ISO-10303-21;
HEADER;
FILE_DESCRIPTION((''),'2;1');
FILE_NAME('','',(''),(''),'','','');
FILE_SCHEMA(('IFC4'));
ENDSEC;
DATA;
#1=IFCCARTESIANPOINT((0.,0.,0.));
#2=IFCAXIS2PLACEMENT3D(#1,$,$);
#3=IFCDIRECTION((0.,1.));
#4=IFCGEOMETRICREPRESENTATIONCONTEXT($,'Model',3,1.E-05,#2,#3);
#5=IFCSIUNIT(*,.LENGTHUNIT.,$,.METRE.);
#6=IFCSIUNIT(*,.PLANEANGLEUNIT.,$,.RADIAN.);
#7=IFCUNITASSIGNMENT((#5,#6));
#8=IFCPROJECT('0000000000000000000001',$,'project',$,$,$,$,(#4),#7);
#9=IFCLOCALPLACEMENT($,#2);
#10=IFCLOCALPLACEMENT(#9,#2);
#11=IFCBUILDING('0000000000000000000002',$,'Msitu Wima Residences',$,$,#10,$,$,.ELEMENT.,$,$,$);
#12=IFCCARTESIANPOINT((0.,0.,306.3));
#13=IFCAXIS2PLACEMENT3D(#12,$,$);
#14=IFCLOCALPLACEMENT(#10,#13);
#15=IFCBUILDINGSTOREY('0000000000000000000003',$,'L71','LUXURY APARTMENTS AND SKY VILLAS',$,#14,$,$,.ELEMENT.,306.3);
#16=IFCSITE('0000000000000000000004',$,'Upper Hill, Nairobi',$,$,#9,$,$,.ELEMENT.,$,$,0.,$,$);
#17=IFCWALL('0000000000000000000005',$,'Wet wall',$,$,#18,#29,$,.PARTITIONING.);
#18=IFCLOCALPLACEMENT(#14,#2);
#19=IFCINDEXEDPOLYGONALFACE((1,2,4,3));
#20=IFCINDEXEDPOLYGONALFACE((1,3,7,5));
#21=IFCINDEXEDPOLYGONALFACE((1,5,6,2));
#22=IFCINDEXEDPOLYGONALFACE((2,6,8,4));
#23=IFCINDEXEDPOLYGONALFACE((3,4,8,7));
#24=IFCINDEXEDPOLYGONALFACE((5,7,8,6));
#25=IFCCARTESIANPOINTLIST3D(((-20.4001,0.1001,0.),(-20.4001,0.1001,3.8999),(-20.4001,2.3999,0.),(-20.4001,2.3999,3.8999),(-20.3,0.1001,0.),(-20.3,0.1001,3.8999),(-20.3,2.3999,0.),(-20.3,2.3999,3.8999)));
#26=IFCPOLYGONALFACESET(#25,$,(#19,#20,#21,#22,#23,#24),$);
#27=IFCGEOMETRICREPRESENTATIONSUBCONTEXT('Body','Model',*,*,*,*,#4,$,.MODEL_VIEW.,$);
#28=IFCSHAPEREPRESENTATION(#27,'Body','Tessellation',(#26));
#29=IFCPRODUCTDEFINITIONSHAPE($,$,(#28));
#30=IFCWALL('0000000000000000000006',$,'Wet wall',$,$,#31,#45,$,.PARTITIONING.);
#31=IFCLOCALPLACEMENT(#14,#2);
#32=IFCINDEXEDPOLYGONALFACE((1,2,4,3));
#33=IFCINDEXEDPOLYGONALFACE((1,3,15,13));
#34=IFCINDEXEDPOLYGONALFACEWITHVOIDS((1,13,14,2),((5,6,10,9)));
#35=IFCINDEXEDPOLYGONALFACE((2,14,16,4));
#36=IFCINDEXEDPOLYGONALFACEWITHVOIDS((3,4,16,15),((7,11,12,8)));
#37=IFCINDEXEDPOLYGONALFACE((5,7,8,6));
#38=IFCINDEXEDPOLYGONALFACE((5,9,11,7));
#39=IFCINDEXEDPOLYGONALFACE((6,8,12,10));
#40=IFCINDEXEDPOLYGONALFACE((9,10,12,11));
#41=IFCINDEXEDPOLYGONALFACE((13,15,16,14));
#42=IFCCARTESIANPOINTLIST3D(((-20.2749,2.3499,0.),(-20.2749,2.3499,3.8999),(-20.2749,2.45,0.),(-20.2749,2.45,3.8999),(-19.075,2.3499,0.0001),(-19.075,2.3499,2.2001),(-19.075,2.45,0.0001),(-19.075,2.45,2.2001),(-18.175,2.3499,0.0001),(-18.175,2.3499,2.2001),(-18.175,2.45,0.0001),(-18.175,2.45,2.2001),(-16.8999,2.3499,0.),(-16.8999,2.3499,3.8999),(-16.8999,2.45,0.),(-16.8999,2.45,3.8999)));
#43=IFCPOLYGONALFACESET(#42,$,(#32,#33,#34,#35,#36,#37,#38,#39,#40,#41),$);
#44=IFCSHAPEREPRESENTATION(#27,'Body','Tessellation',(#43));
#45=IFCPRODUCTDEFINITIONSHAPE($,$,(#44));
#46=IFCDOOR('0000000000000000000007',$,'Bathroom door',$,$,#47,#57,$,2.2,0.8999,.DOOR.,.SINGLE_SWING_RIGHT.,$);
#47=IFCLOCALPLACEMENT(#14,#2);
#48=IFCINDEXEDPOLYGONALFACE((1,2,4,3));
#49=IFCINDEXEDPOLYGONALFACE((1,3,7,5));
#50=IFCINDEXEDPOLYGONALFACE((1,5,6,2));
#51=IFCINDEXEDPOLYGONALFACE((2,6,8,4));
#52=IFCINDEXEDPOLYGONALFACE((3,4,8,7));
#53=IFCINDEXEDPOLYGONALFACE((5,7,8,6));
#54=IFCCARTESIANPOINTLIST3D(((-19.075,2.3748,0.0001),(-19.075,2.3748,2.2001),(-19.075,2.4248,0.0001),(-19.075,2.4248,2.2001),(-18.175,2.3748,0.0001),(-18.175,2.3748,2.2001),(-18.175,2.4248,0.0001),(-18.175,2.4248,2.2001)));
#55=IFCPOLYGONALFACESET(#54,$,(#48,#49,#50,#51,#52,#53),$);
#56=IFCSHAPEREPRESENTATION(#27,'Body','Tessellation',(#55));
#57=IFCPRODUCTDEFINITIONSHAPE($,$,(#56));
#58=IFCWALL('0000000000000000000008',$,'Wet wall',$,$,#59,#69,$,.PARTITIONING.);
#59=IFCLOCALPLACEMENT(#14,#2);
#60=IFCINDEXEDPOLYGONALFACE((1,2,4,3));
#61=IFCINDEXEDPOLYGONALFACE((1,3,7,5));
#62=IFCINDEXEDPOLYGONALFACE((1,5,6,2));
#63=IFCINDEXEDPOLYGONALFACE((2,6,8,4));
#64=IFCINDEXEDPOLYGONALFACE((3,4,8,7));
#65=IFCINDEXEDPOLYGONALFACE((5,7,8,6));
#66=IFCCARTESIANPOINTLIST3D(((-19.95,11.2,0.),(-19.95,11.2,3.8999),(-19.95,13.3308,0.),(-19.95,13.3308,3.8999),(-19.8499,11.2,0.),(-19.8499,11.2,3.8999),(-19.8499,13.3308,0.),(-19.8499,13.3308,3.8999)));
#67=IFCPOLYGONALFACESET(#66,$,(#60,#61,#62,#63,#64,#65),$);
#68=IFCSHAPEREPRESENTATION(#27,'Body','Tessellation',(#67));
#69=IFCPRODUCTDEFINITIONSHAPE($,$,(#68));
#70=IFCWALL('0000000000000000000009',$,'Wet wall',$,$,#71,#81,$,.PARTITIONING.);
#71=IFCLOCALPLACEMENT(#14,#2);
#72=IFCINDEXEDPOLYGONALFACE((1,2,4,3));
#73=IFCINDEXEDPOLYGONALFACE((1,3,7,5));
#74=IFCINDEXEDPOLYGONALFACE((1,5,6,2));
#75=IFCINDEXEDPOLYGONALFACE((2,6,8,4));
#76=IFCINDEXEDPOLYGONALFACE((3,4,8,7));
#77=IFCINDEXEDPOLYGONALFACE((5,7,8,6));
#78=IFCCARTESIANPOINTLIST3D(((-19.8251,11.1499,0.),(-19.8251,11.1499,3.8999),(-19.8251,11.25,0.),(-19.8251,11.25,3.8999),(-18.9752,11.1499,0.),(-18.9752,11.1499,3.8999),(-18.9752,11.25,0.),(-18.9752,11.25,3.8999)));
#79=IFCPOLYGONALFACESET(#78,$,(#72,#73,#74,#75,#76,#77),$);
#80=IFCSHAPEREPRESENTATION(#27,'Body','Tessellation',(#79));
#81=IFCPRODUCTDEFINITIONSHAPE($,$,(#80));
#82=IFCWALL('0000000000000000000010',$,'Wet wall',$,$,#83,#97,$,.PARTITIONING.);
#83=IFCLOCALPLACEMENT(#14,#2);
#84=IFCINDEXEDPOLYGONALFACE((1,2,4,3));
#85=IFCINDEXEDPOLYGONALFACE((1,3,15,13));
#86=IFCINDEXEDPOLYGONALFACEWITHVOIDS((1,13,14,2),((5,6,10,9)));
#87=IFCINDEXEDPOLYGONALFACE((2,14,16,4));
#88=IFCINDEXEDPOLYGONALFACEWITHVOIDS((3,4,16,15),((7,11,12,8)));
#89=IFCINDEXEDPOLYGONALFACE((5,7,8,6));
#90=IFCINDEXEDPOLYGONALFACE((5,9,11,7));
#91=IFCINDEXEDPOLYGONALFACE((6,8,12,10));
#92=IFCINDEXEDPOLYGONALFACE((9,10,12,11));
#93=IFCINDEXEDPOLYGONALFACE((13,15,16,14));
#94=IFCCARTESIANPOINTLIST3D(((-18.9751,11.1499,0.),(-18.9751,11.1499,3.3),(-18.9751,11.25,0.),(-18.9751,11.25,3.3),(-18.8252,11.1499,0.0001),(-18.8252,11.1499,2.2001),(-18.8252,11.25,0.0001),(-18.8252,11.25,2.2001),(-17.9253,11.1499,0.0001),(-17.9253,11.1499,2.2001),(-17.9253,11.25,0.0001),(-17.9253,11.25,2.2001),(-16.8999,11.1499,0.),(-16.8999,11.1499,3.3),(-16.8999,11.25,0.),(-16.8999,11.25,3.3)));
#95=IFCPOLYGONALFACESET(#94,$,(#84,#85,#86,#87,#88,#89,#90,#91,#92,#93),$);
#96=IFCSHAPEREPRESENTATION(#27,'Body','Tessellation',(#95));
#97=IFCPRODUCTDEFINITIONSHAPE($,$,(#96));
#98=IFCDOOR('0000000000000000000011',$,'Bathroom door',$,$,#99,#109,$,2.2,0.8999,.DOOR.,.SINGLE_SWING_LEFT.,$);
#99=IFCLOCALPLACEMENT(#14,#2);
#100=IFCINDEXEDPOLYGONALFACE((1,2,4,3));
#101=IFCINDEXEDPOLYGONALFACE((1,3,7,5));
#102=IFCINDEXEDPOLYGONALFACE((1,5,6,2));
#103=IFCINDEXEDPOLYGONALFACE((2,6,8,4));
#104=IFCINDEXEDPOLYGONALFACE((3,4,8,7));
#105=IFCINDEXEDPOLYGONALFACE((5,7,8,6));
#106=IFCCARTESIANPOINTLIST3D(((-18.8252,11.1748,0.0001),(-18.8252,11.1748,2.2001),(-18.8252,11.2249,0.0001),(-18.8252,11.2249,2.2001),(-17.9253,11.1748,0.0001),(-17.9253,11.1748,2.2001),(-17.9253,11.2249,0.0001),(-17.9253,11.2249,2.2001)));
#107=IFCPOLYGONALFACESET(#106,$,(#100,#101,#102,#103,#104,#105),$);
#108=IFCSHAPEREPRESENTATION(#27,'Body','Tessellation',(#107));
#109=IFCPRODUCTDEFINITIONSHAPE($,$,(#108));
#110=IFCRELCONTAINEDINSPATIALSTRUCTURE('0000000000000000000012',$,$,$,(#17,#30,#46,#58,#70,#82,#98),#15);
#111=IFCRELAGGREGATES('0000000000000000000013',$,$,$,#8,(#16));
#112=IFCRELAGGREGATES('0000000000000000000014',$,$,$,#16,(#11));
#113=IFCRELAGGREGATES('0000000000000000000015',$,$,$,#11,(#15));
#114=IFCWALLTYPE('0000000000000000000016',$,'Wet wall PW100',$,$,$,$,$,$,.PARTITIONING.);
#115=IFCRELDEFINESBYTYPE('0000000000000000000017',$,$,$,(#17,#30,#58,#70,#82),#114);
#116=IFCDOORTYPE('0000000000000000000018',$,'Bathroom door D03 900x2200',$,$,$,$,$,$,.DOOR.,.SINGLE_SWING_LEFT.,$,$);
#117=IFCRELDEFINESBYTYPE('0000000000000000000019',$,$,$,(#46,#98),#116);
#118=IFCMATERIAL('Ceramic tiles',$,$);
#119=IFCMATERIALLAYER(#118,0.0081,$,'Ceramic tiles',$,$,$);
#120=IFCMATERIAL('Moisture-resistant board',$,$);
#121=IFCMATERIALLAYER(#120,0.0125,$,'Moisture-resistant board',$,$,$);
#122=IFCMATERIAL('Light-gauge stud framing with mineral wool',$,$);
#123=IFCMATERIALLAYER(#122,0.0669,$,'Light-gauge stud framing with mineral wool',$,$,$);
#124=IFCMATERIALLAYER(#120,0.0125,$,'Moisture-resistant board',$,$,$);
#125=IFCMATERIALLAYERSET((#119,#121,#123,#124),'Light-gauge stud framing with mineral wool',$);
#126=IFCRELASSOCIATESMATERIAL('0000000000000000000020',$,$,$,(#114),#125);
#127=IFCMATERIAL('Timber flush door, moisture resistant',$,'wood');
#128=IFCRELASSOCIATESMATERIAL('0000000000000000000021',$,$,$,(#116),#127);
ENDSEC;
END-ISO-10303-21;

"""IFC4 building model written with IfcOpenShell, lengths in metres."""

from ifc_helpers import new_model, si_unit, direction, frame, frame_2d, origin, place, context, subcontext, project, spatial, rectangle, extrude, material, layer, layer_set, type_object, element, fill, save


model = new_model("IFC4")

# Units and contexts
model_context = context("Model", 3, precision=1e-05, world=origin(), true_north=direction((0.0, 1.0)))
body_context = subcontext(model_context, "Body", "Model", "MODEL_VIEW")
ifc_project = project(units=[si_unit("LENGTHUNIT", "METRE"), si_unit("PLANEANGLEUNIT", "RADIAN")], contexts=[model_context])

# Site, building, storey
site_placement = place(None, origin())
site = spatial("IfcSite", under=ifc_project, at=site_placement, Name="Upper Hill, Nairobi", CompositionType="ELEMENT", RefElevation=0.0)
building_placement = place(site_placement, origin())
building = spatial("IfcBuilding", under=site, at=building_placement, Name="Msitu Wima Residences", CompositionType="ELEMENT")
storey_placement = place(building_placement, frame((0.0, 0.0, 306.3)))
storey = spatial("IfcBuildingStorey", under=building, at=storey_placement, Name="L71", Description="LUXURY APARTMENTS AND SKY VILLAS", CompositionType="ELEMENT", Elevation=306.3)

# Wall
ifc_material_1 = material(Name="Ceramic tiles")
ifc_layer_1 = layer(ifc_material_1, 0.0081, Name="Ceramic tiles")
ifc_material_2 = material(Name="Moisture-resistant board")
ifc_layer_2 = layer(ifc_material_2, 0.0125, Name="Moisture-resistant board")
ifc_material_3 = material(Name="Light-gauge stud framing with mineral wool")
ifc_layer_3 = layer(ifc_material_3, 0.0669, Name="Light-gauge stud framing with mineral wool")
ifc_layer_4 = layer(ifc_material_2, 0.0125, Name="Moisture-resistant board")
ifc_layer_set_1 = layer_set([ifc_layer_1, ifc_layer_2, ifc_layer_3, ifc_layer_4], Name="Light-gauge stud framing with mineral wool")
wall_type_1 = type_object("IfcWallType", Name="Wet wall PW100", PredefinedType="PARTITIONING", material=ifc_layer_set_1)
wall_1_placement = place(storey_placement, frame((-20.3501, 0.1001, 0.0), z_axis=(0.0, 0.0, 1.0), x_axis=(0.0, 1.0, 0.0)))
element("IfcWall", 1, at=wall_1_placement, inside=storey, type_object=wall_type_1, Name="Wet wall", PredefinedType="PARTITIONING", context=body_context, shape_type="SweptSolid", body=[
    extrude(rectangle(XDim=2.2998, YDim=0.1001, at=frame_2d((1.1499, 0.0))), origin(), (0.0, 0.0, 1.0), 3.8999),
])

# Wall, opening, door
wall_2_placement = place(storey_placement, frame((-20.2749, 2.3999, 0.0), z_axis=(0.0, 0.0, 1.0), x_axis=(1.0, 0.0, 0.0)))
wall_2 = element("IfcWall", 2, at=wall_2_placement, inside=storey, type_object=wall_type_1, Name="Wet wall", PredefinedType="PARTITIONING", context=body_context, shape_type="SweptSolid", body=[
    extrude(rectangle(XDim=3.375, YDim=0.1001, at=frame_2d((1.6875, 0.0))), origin(), (0.0, 0.0, 1.0), 3.8999),
])
opening_1_placement = place(wall_2_placement, frame((1.2, 0.0, 0.0)))
opening_1 = element("IfcOpeningElement", 3, at=opening_1_placement, cuts=wall_2, PredefinedType="OPENING", context=body_context, shape_type="SweptSolid", body=[
    extrude(rectangle(XDim=0.8999, YDim=2.2, at=frame_2d((0.45, 1.1001))), frame((0.0, 0.0601, 0.0), z_axis=(0.0, -1.0, 0.0), x_axis=(1.0, 0.0, 0.0)), (0.0, 0.0, 1.0), 0.1201),
])
ifc_material_4 = material(Name="Timber flush door, moisture resistant", Category="wood")
door_type_1 = type_object("IfcDoorType", Name="Bathroom door D03 900x2200", OperationType="SINGLE_SWING_LEFT", PredefinedType="DOOR", material=ifc_material_4)
door_1_placement = place(opening_1_placement, origin())
door_1 = element("IfcDoor", 4, at=door_1_placement, inside=storey, type_object=door_type_1, Name="Bathroom door", OperationType="SINGLE_SWING_RIGHT", OverallHeight=2.2, OverallWidth=0.8999, PredefinedType="DOOR", context=body_context, shape_type="SweptSolid", body=[
    extrude(rectangle(XDim=0.8999, YDim=2.2, at=frame_2d((0.45, 1.1001))), frame((0.0, 0.0249, 0.0), z_axis=(0.0, -1.0, 0.0), x_axis=(1.0, 0.0, 0.0)), (0.0, 0.0, 1.0), 0.05),
])
fill(opening_1, door_1)

# Walls
wall_3_placement = place(storey_placement, frame((-19.8999, 11.2, 0.0), z_axis=(0.0, 0.0, 1.0), x_axis=(0.0, 1.0, 0.0)))
element("IfcWall", 5, at=wall_3_placement, inside=storey, type_object=wall_type_1, Name="Wet wall", PredefinedType="PARTITIONING", context=body_context, shape_type="SweptSolid", body=[
    extrude(rectangle(XDim=2.1309, YDim=0.1001, at=frame_2d((1.0654, 0.0))), origin(), (0.0, 0.0, 1.0), 3.8999),
])
wall_4_placement = place(storey_placement, frame((-19.825, 11.2, 0.0), z_axis=(0.0, 0.0, 1.0), x_axis=(1.0, 0.0, 0.0)))
element("IfcWall", 6, at=wall_4_placement, inside=storey, type_object=wall_type_1, Name="Wet wall", PredefinedType="PARTITIONING", context=body_context, shape_type="SweptSolid", body=[
    extrude(rectangle(XDim=0.8499, YDim=0.1001, at=frame_2d((0.4248, 0.0))), origin(), (0.0, 0.0, 1.0), 3.8999),
])

# Wall, opening, door
wall_5_placement = place(storey_placement, frame((-18.9751, 11.2, 0.0), z_axis=(0.0, 0.0, 1.0), x_axis=(1.0, 0.0, 0.0)))
wall_5 = element("IfcWall", 7, at=wall_5_placement, inside=storey, type_object=wall_type_1, Name="Wet wall", PredefinedType="PARTITIONING", context=body_context, shape_type="SweptSolid", body=[
    extrude(rectangle(XDim=2.0752, YDim=0.1001, at=frame_2d((1.0376, 0.0))), origin(), (0.0, 0.0, 1.0), 3.3),
])
opening_2_placement = place(wall_5_placement, frame((0.1499, 0.0, 0.0)))
opening_2 = element("IfcOpeningElement", 8, at=opening_2_placement, cuts=wall_5, PredefinedType="OPENING", context=body_context, shape_type="SweptSolid", body=[
    extrude(rectangle(XDim=0.8999, YDim=2.2, at=frame_2d((0.45, 1.1001))), frame((0.0, 0.0601, 0.0), z_axis=(0.0, -1.0, 0.0), x_axis=(1.0, 0.0, 0.0)), (0.0, 0.0, 1.0), 0.1201),
])
door_2_placement = place(opening_2_placement, origin())
door_2 = element("IfcDoor", 9, at=door_2_placement, inside=storey, type_object=door_type_1, Name="Bathroom door", OperationType="SINGLE_SWING_LEFT", OverallHeight=2.2, OverallWidth=0.8999, PredefinedType="DOOR", context=body_context, shape_type="SweptSolid", body=[
    extrude(rectangle(XDim=0.8999, YDim=2.2, at=frame_2d((0.45, 1.1001))), frame((0.0, 0.0249, 0.0), z_axis=(0.0, -1.0, 0.0), x_axis=(1.0, 0.0, 0.0)), (0.0, 0.0, 1.0), 0.05),
])
fill(opening_2, door_2)

save(model, "model.ifc")
